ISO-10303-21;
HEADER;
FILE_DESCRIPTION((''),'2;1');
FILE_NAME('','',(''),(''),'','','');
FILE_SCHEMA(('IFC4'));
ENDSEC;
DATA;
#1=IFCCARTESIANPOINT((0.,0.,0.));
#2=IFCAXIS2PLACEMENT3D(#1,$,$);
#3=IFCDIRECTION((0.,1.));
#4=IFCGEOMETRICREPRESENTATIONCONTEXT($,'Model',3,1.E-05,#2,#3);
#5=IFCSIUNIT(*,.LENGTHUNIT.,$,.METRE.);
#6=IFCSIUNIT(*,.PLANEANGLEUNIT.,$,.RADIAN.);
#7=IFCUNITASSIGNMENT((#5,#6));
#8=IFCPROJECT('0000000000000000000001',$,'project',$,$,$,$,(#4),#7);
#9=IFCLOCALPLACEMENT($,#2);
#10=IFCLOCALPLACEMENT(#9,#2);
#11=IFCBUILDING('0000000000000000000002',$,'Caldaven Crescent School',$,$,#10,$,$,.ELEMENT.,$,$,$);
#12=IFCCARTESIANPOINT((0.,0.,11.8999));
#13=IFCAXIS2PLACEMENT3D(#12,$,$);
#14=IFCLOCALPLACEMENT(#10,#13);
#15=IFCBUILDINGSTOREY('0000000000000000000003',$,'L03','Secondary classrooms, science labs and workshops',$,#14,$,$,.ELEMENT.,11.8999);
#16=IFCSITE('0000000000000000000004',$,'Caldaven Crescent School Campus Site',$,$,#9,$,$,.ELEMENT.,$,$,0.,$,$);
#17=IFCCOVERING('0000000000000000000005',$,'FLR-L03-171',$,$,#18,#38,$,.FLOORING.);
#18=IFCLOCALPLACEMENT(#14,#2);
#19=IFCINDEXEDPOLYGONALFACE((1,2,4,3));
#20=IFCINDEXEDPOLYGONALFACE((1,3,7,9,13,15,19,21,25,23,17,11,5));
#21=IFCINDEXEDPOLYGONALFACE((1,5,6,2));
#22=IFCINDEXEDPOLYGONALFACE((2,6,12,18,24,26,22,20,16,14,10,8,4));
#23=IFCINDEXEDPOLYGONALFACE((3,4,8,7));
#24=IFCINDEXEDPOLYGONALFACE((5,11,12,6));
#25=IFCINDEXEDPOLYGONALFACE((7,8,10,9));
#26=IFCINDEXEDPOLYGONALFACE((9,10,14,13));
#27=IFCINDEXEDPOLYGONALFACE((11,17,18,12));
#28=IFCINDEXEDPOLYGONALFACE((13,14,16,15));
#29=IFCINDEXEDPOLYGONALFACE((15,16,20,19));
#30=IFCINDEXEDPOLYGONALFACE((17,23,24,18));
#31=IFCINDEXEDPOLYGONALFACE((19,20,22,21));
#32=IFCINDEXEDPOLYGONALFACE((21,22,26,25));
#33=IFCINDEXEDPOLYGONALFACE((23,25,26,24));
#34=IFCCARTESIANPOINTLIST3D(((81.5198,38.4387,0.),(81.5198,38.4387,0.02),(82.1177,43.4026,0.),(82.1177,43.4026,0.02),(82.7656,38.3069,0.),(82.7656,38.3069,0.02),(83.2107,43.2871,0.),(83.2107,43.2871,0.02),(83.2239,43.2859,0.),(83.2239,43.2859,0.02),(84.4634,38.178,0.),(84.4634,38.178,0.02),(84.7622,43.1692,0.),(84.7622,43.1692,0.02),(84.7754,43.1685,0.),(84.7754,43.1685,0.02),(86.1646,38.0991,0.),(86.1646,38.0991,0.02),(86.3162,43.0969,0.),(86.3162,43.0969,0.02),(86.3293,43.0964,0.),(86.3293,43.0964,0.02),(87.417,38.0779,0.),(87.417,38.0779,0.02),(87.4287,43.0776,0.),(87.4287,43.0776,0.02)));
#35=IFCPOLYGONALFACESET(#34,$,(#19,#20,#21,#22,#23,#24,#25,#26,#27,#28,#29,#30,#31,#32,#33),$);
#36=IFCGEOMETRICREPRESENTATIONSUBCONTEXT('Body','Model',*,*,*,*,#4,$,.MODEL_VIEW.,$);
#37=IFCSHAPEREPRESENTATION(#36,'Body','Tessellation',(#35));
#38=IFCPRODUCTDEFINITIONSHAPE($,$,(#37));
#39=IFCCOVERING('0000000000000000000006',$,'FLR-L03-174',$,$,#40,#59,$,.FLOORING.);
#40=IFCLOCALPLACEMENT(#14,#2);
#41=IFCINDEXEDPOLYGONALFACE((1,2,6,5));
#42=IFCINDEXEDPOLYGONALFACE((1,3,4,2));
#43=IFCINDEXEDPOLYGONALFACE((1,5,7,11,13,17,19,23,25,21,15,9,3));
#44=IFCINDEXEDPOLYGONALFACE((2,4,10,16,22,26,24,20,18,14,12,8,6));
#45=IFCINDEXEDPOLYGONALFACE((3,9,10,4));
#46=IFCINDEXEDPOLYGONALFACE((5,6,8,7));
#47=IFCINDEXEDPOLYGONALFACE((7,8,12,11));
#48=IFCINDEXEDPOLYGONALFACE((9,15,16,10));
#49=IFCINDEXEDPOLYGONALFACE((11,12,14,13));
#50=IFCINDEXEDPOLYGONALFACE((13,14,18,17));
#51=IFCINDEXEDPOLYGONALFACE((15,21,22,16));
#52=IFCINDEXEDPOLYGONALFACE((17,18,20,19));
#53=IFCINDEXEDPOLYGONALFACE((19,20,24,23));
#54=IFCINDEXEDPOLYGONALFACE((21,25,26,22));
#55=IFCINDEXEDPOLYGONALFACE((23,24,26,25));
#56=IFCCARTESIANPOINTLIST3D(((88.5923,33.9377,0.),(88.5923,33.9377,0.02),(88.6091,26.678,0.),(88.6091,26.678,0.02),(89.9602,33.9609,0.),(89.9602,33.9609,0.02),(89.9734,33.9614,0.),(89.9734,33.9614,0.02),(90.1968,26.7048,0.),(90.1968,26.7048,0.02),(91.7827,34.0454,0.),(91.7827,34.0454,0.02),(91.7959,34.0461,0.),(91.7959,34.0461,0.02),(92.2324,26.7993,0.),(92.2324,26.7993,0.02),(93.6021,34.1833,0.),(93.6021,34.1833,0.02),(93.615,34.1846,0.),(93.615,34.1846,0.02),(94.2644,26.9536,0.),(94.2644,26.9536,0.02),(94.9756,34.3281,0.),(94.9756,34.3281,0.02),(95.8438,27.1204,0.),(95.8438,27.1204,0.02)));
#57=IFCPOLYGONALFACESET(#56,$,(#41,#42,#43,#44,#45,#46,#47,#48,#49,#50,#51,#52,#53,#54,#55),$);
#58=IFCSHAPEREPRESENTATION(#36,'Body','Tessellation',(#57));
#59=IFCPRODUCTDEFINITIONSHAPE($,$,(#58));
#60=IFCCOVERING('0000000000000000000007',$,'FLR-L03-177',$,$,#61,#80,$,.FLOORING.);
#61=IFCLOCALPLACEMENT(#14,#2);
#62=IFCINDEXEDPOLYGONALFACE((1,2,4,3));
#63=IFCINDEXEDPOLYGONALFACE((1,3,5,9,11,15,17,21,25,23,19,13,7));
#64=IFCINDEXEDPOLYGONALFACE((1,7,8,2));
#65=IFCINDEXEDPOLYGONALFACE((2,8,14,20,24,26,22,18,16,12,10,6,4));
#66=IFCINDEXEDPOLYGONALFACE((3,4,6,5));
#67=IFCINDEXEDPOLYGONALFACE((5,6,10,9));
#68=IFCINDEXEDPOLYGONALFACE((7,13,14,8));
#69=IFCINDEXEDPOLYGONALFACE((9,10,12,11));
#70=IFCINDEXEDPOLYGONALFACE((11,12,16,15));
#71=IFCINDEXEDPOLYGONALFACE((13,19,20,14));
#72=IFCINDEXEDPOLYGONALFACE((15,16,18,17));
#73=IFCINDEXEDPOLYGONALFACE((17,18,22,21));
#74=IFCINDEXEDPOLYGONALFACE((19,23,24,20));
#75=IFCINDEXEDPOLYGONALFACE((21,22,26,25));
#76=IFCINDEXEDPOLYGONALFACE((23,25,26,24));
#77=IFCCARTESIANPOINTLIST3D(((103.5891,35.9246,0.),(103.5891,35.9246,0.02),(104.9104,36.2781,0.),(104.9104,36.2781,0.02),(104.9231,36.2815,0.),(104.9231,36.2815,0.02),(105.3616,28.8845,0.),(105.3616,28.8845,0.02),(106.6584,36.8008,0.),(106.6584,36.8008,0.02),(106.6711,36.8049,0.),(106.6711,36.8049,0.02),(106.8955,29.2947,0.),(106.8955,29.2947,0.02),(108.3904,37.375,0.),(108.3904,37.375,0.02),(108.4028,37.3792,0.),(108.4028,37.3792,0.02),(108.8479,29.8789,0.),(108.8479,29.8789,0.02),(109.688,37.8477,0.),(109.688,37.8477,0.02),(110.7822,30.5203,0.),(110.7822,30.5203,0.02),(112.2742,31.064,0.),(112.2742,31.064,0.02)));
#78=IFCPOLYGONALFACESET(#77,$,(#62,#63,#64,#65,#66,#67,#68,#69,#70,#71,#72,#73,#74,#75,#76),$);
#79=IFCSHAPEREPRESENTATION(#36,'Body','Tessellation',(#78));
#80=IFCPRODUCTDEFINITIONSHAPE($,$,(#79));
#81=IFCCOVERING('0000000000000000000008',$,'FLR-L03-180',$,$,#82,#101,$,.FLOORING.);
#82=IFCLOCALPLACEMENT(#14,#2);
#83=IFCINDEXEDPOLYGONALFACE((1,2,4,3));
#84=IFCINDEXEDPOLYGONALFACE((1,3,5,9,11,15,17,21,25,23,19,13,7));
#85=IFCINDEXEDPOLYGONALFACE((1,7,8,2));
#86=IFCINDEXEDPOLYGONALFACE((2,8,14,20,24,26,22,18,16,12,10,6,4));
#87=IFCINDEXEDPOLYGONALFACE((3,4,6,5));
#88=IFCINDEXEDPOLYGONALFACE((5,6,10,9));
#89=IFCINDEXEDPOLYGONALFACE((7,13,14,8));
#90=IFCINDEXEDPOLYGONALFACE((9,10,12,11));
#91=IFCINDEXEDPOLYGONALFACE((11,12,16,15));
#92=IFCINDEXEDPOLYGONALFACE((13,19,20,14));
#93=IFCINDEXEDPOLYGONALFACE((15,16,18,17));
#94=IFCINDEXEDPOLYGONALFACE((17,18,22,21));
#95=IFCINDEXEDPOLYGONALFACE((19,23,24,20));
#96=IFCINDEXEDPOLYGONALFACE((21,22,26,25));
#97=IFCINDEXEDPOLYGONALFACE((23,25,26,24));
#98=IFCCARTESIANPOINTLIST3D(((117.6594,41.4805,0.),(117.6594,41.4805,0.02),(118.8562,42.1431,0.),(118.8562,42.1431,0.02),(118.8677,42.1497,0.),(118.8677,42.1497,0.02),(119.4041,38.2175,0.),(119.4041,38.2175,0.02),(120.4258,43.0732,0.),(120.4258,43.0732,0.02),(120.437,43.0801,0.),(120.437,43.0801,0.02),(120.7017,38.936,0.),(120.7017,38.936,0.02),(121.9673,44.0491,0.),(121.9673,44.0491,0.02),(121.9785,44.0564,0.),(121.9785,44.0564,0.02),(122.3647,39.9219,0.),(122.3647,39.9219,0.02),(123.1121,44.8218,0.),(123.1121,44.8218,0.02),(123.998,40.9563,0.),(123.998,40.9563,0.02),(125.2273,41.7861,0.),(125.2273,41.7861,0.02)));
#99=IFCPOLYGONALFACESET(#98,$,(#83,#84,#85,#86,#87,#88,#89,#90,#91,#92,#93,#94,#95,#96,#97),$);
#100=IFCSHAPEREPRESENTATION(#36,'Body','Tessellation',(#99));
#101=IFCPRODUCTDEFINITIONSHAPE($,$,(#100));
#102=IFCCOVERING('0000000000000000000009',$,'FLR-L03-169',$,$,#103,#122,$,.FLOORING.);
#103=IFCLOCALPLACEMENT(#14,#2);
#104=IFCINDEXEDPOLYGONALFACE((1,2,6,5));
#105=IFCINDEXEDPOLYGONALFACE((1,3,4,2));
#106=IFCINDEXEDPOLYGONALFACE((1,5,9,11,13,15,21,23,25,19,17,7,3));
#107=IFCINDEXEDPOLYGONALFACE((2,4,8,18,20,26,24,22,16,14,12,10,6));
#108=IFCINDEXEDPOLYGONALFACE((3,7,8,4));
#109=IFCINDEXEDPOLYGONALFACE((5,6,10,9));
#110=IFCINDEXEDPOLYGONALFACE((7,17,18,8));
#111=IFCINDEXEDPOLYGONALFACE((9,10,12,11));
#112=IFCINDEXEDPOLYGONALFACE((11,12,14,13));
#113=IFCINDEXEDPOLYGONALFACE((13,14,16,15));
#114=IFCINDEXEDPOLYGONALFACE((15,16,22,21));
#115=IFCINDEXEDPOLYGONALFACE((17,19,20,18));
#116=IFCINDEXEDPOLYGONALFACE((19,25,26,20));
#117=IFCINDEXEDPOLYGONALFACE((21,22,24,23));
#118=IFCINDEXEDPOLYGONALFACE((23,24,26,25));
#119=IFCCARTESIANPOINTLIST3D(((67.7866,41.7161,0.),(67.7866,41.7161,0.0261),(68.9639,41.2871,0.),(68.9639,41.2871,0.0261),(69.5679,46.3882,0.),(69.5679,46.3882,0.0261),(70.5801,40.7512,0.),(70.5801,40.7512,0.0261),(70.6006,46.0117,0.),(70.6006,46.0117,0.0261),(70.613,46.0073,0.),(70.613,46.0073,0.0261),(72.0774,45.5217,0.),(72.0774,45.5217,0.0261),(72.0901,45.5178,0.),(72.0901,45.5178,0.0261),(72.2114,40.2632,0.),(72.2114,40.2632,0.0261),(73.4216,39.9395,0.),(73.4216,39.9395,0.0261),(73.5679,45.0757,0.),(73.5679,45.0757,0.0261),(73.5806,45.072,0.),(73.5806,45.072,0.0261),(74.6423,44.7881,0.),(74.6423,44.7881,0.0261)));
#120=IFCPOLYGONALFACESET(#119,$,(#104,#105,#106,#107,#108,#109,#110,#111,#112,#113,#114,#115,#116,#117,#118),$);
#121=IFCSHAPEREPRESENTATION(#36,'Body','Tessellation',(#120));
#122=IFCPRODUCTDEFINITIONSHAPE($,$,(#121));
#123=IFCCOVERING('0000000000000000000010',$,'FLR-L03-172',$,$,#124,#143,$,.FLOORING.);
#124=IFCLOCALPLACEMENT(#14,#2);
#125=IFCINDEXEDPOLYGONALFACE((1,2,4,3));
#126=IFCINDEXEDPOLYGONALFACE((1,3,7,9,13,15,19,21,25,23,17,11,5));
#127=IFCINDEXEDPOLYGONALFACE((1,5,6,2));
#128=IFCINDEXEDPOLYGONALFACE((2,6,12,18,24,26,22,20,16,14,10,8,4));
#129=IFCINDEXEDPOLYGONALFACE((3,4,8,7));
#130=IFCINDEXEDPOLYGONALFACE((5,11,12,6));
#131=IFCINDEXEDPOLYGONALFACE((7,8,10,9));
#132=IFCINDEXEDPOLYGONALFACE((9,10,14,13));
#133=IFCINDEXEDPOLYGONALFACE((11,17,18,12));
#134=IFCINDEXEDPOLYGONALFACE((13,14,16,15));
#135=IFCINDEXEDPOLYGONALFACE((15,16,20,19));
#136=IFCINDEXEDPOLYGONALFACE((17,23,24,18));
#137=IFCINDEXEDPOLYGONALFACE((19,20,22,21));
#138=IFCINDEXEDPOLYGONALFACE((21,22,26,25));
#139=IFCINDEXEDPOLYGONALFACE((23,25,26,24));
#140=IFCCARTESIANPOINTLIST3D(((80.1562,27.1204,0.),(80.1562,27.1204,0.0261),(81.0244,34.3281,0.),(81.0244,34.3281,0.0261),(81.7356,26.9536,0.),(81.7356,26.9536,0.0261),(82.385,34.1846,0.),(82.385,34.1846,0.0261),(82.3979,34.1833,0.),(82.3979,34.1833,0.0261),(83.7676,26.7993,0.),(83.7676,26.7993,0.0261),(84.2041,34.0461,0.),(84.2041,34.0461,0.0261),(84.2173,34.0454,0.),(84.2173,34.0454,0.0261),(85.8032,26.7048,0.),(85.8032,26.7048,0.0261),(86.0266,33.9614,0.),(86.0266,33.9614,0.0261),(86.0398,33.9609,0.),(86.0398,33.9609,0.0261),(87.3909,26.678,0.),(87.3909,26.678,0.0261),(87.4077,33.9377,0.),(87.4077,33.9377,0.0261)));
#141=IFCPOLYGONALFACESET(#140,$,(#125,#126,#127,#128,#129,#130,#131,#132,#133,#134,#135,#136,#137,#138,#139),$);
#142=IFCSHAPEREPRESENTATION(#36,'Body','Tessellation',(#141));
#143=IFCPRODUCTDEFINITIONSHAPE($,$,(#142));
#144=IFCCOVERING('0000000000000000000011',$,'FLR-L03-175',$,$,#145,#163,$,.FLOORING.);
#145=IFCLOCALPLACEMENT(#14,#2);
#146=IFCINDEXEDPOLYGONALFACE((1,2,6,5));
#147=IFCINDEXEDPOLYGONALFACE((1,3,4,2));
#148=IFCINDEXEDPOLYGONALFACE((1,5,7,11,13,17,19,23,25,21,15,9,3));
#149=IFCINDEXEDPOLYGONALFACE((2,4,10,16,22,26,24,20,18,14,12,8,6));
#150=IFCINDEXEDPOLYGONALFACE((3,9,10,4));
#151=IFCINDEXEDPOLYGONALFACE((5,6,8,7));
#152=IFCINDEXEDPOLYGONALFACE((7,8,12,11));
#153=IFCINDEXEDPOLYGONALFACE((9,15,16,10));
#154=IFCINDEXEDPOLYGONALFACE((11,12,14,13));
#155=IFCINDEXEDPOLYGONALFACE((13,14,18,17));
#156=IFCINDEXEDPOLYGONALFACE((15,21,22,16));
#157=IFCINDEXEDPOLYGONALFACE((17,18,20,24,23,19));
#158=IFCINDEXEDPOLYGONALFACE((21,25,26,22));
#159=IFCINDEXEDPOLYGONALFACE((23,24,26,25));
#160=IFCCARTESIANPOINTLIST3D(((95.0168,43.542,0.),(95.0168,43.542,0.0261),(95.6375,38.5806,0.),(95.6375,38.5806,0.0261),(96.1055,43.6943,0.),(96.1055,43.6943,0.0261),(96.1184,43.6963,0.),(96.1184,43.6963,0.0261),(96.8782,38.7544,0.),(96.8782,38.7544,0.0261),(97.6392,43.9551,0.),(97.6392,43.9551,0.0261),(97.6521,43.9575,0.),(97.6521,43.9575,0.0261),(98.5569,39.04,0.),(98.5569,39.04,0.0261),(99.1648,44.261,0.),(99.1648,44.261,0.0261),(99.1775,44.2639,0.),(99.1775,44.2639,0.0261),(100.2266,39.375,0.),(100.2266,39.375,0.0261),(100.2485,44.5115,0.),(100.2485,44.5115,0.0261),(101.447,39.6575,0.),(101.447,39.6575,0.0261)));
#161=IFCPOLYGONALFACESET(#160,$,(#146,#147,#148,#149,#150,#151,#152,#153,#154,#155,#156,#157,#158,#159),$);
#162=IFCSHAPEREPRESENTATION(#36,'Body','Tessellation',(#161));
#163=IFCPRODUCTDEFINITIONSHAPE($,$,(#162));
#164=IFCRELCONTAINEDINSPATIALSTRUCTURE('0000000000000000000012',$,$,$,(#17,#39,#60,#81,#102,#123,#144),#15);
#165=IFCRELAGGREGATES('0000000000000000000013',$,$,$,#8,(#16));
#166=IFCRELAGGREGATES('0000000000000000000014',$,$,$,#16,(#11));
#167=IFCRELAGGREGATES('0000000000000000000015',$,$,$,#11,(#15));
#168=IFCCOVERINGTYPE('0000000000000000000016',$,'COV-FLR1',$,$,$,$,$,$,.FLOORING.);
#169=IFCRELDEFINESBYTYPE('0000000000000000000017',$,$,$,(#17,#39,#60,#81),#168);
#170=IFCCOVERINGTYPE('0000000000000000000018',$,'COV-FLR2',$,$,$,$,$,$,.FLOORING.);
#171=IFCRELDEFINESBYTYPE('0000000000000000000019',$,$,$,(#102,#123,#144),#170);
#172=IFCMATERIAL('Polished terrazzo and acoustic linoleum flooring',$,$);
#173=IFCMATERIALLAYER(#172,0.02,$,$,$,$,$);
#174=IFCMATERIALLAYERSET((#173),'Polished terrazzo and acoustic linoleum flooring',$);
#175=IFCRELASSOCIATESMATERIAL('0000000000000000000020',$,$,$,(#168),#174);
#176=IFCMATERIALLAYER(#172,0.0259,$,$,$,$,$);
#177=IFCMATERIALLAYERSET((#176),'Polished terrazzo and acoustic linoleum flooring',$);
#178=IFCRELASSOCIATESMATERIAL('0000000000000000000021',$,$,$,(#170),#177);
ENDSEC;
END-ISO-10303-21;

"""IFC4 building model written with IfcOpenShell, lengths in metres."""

from ifc_helpers import new_model, si_unit, direction, frame, origin, place, context, subcontext, project, spatial, polyline, outline, extrude, material, layer, layer_set, type_object, element, save


model = new_model("IFC4")

# Units and contexts
model_context = context("Model", 3, precision=1e-05, world=origin(), true_north=direction((0.0, 1.0)))
body_context = subcontext(model_context, "Body", "Model", "MODEL_VIEW")
ifc_project = project(units=[si_unit("LENGTHUNIT", "METRE"), si_unit("PLANEANGLEUNIT", "RADIAN")], contexts=[model_context])

# Site, building, storey
site_placement = place(None, origin())
site = spatial("IfcSite", under=ifc_project, at=site_placement, Name="Caldaven Crescent School Campus Site", CompositionType="ELEMENT", RefElevation=0.0)
building_placement = place(site_placement, origin())
building = spatial("IfcBuilding", under=site, at=building_placement, Name="Caldaven Crescent School", CompositionType="ELEMENT")
storey_placement = place(building_placement, frame((0.0, 0.0, 11.8999)))
storey = spatial("IfcBuildingStorey", under=building, at=storey_placement, Name="L03", Description="Secondary classrooms, science labs and workshops", CompositionType="ELEMENT", Elevation=11.8999)

# Coverings
ifc_material_1 = material(Name="Polished terrazzo and acoustic linoleum flooring")
ifc_layer_1 = layer(ifc_material_1, 0.02)
ifc_layer_set_1 = layer_set([ifc_layer_1], Name="Polished terrazzo and acoustic linoleum flooring")
covering_type_1 = type_object("IfcCoveringType", Name="COV-FLR1", PredefinedType="FLOORING", material=ifc_layer_set_1)
covering_1_placement = place(storey_placement, origin())
element("IfcCovering", 1, at=covering_1_placement, inside=storey, type_object=covering_type_1, Name="FLR-L03-171", PredefinedType="FLOORING", context=body_context, shape_type="SweptSolid", body=[
    extrude(outline(polyline([(82.1177, 43.4026), (83.2107, 43.2871), (83.2239, 43.2859), (84.7622, 43.1692), (84.7754, 43.1685), (86.3162, 43.0969), (86.3293, 43.0964), (87.4287, 43.0776), (87.417, 38.0779), (86.1646, 38.0991), (84.4634, 38.178), (82.7656, 38.3069), (81.5198, 38.4387), (82.1177, 43.4026)])), origin(), (0.0, 0.0, 1.0), 0.02),
])
covering_2_placement = place(storey_placement, origin())
element("IfcCovering", 2, at=covering_2_placement, inside=storey, type_object=covering_type_1, Name="FLR-L03-174", PredefinedType="FLOORING", context=body_context, shape_type="SweptSolid", body=[
    extrude(outline(polyline([(88.5923, 33.9377), (89.9602, 33.9609), (89.9734, 33.9614), (91.7827, 34.0454), (91.7959, 34.0461), (93.6021, 34.1833), (93.615, 34.1846), (94.9756, 34.3281), (95.8438, 27.1204), (94.2644, 26.9536), (92.2324, 26.7993), (90.1968, 26.7048), (88.6091, 26.678), (88.5923, 33.9377)])), origin(), (0.0, 0.0, 1.0), 0.02),
])
covering_3_placement = place(storey_placement, origin())
element("IfcCovering", 3, at=covering_3_placement, inside=storey, type_object=covering_type_1, Name="FLR-L03-177", PredefinedType="FLOORING", context=body_context, shape_type="SweptSolid", body=[
    extrude(outline(polyline([(103.5891, 35.9246), (104.9104, 36.2781), (104.9231, 36.2815), (106.6584, 36.8008), (106.6711, 36.8049), (108.3904, 37.375), (108.4028, 37.3792), (109.688, 37.8477), (112.2742, 31.064), (110.7822, 30.5203), (108.8479, 29.8789), (106.8955, 29.2947), (105.3616, 28.8845), (103.5891, 35.9246)])), origin(), (0.0, 0.0, 1.0), 0.02),
])
covering_4_placement = place(storey_placement, origin())
element("IfcCovering", 4, at=covering_4_placement, inside=storey, type_object=covering_type_1, Name="FLR-L03-180", PredefinedType="FLOORING", context=body_context, shape_type="SweptSolid", body=[
    extrude(outline(polyline([(117.6594, 41.4805), (118.8562, 42.1431), (118.8677, 42.1497), (120.4258, 43.0732), (120.437, 43.0801), (121.9673, 44.0491), (121.9785, 44.0564), (123.1121, 44.8218), (125.2273, 41.7861), (123.998, 40.9563), (122.3647, 39.9219), (120.7017, 38.936), (119.4041, 38.2175), (117.6594, 41.4805)])), origin(), (0.0, 0.0, 1.0), 0.02),
])
ifc_layer_2 = layer(ifc_material_1, 0.0259)
ifc_layer_set_2 = layer_set([ifc_layer_2], Name="Polished terrazzo and acoustic linoleum flooring")
covering_type_2 = type_object("IfcCoveringType", Name="COV-FLR2", PredefinedType="FLOORING", material=ifc_layer_set_2)
covering_5_placement = place(storey_placement, origin())
element("IfcCovering", 5, at=covering_5_placement, inside=storey, type_object=covering_type_2, Name="FLR-L03-169", PredefinedType="FLOORING", context=body_context, shape_type="SweptSolid", body=[
    extrude(outline(polyline([(69.5679, 46.3882), (70.6006, 46.0117), (70.613, 46.0073), (72.0774, 45.5217), (72.0901, 45.5178), (73.5679, 45.0757), (73.5806, 45.072), (74.6423, 44.7881), (73.4216, 39.9395), (72.2114, 40.2632), (70.5801, 40.7512), (68.9639, 41.2871), (67.7866, 41.7161), (69.5679, 46.3882)])), origin(), (0.0, 0.0, 1.0), 0.0261),
])
covering_6_placement = place(storey_placement, origin())
element("IfcCovering", 6, at=covering_6_placement, inside=storey, type_object=covering_type_2, Name="FLR-L03-172", PredefinedType="FLOORING", context=body_context, shape_type="SweptSolid", body=[
    extrude(outline(polyline([(81.0244, 34.3281), (82.385, 34.1846), (82.3979, 34.1833), (84.2041, 34.0461), (84.2173, 34.0454), (86.0266, 33.9614), (86.0398, 33.9609), (87.4077, 33.9377), (87.3909, 26.678), (85.8032, 26.7048), (83.7676, 26.7993), (81.7356, 26.9536), (80.1562, 27.1204), (81.0244, 34.3281)])), origin(), (0.0, 0.0, 1.0), 0.0261),
])
covering_7_placement = place(storey_placement, origin())
element("IfcCovering", 7, at=covering_7_placement, inside=storey, type_object=covering_type_2, Name="FLR-L03-175", PredefinedType="FLOORING", context=body_context, shape_type="SweptSolid", body=[
    extrude(outline(polyline([(95.0168, 43.542), (96.1055, 43.6943), (96.1184, 43.6963), (97.6392, 43.9551), (97.6521, 43.9575), (99.1648, 44.261), (99.1775, 44.2639), (100.2485, 44.5115), (101.447, 39.6575), (100.2266, 39.375), (98.5569, 39.04), (96.8782, 38.7544), (95.6375, 38.5806), (95.0168, 43.542)])), origin(), (0.0, 0.0, 1.0), 0.0261),
])

save(model, "model.ifc")
